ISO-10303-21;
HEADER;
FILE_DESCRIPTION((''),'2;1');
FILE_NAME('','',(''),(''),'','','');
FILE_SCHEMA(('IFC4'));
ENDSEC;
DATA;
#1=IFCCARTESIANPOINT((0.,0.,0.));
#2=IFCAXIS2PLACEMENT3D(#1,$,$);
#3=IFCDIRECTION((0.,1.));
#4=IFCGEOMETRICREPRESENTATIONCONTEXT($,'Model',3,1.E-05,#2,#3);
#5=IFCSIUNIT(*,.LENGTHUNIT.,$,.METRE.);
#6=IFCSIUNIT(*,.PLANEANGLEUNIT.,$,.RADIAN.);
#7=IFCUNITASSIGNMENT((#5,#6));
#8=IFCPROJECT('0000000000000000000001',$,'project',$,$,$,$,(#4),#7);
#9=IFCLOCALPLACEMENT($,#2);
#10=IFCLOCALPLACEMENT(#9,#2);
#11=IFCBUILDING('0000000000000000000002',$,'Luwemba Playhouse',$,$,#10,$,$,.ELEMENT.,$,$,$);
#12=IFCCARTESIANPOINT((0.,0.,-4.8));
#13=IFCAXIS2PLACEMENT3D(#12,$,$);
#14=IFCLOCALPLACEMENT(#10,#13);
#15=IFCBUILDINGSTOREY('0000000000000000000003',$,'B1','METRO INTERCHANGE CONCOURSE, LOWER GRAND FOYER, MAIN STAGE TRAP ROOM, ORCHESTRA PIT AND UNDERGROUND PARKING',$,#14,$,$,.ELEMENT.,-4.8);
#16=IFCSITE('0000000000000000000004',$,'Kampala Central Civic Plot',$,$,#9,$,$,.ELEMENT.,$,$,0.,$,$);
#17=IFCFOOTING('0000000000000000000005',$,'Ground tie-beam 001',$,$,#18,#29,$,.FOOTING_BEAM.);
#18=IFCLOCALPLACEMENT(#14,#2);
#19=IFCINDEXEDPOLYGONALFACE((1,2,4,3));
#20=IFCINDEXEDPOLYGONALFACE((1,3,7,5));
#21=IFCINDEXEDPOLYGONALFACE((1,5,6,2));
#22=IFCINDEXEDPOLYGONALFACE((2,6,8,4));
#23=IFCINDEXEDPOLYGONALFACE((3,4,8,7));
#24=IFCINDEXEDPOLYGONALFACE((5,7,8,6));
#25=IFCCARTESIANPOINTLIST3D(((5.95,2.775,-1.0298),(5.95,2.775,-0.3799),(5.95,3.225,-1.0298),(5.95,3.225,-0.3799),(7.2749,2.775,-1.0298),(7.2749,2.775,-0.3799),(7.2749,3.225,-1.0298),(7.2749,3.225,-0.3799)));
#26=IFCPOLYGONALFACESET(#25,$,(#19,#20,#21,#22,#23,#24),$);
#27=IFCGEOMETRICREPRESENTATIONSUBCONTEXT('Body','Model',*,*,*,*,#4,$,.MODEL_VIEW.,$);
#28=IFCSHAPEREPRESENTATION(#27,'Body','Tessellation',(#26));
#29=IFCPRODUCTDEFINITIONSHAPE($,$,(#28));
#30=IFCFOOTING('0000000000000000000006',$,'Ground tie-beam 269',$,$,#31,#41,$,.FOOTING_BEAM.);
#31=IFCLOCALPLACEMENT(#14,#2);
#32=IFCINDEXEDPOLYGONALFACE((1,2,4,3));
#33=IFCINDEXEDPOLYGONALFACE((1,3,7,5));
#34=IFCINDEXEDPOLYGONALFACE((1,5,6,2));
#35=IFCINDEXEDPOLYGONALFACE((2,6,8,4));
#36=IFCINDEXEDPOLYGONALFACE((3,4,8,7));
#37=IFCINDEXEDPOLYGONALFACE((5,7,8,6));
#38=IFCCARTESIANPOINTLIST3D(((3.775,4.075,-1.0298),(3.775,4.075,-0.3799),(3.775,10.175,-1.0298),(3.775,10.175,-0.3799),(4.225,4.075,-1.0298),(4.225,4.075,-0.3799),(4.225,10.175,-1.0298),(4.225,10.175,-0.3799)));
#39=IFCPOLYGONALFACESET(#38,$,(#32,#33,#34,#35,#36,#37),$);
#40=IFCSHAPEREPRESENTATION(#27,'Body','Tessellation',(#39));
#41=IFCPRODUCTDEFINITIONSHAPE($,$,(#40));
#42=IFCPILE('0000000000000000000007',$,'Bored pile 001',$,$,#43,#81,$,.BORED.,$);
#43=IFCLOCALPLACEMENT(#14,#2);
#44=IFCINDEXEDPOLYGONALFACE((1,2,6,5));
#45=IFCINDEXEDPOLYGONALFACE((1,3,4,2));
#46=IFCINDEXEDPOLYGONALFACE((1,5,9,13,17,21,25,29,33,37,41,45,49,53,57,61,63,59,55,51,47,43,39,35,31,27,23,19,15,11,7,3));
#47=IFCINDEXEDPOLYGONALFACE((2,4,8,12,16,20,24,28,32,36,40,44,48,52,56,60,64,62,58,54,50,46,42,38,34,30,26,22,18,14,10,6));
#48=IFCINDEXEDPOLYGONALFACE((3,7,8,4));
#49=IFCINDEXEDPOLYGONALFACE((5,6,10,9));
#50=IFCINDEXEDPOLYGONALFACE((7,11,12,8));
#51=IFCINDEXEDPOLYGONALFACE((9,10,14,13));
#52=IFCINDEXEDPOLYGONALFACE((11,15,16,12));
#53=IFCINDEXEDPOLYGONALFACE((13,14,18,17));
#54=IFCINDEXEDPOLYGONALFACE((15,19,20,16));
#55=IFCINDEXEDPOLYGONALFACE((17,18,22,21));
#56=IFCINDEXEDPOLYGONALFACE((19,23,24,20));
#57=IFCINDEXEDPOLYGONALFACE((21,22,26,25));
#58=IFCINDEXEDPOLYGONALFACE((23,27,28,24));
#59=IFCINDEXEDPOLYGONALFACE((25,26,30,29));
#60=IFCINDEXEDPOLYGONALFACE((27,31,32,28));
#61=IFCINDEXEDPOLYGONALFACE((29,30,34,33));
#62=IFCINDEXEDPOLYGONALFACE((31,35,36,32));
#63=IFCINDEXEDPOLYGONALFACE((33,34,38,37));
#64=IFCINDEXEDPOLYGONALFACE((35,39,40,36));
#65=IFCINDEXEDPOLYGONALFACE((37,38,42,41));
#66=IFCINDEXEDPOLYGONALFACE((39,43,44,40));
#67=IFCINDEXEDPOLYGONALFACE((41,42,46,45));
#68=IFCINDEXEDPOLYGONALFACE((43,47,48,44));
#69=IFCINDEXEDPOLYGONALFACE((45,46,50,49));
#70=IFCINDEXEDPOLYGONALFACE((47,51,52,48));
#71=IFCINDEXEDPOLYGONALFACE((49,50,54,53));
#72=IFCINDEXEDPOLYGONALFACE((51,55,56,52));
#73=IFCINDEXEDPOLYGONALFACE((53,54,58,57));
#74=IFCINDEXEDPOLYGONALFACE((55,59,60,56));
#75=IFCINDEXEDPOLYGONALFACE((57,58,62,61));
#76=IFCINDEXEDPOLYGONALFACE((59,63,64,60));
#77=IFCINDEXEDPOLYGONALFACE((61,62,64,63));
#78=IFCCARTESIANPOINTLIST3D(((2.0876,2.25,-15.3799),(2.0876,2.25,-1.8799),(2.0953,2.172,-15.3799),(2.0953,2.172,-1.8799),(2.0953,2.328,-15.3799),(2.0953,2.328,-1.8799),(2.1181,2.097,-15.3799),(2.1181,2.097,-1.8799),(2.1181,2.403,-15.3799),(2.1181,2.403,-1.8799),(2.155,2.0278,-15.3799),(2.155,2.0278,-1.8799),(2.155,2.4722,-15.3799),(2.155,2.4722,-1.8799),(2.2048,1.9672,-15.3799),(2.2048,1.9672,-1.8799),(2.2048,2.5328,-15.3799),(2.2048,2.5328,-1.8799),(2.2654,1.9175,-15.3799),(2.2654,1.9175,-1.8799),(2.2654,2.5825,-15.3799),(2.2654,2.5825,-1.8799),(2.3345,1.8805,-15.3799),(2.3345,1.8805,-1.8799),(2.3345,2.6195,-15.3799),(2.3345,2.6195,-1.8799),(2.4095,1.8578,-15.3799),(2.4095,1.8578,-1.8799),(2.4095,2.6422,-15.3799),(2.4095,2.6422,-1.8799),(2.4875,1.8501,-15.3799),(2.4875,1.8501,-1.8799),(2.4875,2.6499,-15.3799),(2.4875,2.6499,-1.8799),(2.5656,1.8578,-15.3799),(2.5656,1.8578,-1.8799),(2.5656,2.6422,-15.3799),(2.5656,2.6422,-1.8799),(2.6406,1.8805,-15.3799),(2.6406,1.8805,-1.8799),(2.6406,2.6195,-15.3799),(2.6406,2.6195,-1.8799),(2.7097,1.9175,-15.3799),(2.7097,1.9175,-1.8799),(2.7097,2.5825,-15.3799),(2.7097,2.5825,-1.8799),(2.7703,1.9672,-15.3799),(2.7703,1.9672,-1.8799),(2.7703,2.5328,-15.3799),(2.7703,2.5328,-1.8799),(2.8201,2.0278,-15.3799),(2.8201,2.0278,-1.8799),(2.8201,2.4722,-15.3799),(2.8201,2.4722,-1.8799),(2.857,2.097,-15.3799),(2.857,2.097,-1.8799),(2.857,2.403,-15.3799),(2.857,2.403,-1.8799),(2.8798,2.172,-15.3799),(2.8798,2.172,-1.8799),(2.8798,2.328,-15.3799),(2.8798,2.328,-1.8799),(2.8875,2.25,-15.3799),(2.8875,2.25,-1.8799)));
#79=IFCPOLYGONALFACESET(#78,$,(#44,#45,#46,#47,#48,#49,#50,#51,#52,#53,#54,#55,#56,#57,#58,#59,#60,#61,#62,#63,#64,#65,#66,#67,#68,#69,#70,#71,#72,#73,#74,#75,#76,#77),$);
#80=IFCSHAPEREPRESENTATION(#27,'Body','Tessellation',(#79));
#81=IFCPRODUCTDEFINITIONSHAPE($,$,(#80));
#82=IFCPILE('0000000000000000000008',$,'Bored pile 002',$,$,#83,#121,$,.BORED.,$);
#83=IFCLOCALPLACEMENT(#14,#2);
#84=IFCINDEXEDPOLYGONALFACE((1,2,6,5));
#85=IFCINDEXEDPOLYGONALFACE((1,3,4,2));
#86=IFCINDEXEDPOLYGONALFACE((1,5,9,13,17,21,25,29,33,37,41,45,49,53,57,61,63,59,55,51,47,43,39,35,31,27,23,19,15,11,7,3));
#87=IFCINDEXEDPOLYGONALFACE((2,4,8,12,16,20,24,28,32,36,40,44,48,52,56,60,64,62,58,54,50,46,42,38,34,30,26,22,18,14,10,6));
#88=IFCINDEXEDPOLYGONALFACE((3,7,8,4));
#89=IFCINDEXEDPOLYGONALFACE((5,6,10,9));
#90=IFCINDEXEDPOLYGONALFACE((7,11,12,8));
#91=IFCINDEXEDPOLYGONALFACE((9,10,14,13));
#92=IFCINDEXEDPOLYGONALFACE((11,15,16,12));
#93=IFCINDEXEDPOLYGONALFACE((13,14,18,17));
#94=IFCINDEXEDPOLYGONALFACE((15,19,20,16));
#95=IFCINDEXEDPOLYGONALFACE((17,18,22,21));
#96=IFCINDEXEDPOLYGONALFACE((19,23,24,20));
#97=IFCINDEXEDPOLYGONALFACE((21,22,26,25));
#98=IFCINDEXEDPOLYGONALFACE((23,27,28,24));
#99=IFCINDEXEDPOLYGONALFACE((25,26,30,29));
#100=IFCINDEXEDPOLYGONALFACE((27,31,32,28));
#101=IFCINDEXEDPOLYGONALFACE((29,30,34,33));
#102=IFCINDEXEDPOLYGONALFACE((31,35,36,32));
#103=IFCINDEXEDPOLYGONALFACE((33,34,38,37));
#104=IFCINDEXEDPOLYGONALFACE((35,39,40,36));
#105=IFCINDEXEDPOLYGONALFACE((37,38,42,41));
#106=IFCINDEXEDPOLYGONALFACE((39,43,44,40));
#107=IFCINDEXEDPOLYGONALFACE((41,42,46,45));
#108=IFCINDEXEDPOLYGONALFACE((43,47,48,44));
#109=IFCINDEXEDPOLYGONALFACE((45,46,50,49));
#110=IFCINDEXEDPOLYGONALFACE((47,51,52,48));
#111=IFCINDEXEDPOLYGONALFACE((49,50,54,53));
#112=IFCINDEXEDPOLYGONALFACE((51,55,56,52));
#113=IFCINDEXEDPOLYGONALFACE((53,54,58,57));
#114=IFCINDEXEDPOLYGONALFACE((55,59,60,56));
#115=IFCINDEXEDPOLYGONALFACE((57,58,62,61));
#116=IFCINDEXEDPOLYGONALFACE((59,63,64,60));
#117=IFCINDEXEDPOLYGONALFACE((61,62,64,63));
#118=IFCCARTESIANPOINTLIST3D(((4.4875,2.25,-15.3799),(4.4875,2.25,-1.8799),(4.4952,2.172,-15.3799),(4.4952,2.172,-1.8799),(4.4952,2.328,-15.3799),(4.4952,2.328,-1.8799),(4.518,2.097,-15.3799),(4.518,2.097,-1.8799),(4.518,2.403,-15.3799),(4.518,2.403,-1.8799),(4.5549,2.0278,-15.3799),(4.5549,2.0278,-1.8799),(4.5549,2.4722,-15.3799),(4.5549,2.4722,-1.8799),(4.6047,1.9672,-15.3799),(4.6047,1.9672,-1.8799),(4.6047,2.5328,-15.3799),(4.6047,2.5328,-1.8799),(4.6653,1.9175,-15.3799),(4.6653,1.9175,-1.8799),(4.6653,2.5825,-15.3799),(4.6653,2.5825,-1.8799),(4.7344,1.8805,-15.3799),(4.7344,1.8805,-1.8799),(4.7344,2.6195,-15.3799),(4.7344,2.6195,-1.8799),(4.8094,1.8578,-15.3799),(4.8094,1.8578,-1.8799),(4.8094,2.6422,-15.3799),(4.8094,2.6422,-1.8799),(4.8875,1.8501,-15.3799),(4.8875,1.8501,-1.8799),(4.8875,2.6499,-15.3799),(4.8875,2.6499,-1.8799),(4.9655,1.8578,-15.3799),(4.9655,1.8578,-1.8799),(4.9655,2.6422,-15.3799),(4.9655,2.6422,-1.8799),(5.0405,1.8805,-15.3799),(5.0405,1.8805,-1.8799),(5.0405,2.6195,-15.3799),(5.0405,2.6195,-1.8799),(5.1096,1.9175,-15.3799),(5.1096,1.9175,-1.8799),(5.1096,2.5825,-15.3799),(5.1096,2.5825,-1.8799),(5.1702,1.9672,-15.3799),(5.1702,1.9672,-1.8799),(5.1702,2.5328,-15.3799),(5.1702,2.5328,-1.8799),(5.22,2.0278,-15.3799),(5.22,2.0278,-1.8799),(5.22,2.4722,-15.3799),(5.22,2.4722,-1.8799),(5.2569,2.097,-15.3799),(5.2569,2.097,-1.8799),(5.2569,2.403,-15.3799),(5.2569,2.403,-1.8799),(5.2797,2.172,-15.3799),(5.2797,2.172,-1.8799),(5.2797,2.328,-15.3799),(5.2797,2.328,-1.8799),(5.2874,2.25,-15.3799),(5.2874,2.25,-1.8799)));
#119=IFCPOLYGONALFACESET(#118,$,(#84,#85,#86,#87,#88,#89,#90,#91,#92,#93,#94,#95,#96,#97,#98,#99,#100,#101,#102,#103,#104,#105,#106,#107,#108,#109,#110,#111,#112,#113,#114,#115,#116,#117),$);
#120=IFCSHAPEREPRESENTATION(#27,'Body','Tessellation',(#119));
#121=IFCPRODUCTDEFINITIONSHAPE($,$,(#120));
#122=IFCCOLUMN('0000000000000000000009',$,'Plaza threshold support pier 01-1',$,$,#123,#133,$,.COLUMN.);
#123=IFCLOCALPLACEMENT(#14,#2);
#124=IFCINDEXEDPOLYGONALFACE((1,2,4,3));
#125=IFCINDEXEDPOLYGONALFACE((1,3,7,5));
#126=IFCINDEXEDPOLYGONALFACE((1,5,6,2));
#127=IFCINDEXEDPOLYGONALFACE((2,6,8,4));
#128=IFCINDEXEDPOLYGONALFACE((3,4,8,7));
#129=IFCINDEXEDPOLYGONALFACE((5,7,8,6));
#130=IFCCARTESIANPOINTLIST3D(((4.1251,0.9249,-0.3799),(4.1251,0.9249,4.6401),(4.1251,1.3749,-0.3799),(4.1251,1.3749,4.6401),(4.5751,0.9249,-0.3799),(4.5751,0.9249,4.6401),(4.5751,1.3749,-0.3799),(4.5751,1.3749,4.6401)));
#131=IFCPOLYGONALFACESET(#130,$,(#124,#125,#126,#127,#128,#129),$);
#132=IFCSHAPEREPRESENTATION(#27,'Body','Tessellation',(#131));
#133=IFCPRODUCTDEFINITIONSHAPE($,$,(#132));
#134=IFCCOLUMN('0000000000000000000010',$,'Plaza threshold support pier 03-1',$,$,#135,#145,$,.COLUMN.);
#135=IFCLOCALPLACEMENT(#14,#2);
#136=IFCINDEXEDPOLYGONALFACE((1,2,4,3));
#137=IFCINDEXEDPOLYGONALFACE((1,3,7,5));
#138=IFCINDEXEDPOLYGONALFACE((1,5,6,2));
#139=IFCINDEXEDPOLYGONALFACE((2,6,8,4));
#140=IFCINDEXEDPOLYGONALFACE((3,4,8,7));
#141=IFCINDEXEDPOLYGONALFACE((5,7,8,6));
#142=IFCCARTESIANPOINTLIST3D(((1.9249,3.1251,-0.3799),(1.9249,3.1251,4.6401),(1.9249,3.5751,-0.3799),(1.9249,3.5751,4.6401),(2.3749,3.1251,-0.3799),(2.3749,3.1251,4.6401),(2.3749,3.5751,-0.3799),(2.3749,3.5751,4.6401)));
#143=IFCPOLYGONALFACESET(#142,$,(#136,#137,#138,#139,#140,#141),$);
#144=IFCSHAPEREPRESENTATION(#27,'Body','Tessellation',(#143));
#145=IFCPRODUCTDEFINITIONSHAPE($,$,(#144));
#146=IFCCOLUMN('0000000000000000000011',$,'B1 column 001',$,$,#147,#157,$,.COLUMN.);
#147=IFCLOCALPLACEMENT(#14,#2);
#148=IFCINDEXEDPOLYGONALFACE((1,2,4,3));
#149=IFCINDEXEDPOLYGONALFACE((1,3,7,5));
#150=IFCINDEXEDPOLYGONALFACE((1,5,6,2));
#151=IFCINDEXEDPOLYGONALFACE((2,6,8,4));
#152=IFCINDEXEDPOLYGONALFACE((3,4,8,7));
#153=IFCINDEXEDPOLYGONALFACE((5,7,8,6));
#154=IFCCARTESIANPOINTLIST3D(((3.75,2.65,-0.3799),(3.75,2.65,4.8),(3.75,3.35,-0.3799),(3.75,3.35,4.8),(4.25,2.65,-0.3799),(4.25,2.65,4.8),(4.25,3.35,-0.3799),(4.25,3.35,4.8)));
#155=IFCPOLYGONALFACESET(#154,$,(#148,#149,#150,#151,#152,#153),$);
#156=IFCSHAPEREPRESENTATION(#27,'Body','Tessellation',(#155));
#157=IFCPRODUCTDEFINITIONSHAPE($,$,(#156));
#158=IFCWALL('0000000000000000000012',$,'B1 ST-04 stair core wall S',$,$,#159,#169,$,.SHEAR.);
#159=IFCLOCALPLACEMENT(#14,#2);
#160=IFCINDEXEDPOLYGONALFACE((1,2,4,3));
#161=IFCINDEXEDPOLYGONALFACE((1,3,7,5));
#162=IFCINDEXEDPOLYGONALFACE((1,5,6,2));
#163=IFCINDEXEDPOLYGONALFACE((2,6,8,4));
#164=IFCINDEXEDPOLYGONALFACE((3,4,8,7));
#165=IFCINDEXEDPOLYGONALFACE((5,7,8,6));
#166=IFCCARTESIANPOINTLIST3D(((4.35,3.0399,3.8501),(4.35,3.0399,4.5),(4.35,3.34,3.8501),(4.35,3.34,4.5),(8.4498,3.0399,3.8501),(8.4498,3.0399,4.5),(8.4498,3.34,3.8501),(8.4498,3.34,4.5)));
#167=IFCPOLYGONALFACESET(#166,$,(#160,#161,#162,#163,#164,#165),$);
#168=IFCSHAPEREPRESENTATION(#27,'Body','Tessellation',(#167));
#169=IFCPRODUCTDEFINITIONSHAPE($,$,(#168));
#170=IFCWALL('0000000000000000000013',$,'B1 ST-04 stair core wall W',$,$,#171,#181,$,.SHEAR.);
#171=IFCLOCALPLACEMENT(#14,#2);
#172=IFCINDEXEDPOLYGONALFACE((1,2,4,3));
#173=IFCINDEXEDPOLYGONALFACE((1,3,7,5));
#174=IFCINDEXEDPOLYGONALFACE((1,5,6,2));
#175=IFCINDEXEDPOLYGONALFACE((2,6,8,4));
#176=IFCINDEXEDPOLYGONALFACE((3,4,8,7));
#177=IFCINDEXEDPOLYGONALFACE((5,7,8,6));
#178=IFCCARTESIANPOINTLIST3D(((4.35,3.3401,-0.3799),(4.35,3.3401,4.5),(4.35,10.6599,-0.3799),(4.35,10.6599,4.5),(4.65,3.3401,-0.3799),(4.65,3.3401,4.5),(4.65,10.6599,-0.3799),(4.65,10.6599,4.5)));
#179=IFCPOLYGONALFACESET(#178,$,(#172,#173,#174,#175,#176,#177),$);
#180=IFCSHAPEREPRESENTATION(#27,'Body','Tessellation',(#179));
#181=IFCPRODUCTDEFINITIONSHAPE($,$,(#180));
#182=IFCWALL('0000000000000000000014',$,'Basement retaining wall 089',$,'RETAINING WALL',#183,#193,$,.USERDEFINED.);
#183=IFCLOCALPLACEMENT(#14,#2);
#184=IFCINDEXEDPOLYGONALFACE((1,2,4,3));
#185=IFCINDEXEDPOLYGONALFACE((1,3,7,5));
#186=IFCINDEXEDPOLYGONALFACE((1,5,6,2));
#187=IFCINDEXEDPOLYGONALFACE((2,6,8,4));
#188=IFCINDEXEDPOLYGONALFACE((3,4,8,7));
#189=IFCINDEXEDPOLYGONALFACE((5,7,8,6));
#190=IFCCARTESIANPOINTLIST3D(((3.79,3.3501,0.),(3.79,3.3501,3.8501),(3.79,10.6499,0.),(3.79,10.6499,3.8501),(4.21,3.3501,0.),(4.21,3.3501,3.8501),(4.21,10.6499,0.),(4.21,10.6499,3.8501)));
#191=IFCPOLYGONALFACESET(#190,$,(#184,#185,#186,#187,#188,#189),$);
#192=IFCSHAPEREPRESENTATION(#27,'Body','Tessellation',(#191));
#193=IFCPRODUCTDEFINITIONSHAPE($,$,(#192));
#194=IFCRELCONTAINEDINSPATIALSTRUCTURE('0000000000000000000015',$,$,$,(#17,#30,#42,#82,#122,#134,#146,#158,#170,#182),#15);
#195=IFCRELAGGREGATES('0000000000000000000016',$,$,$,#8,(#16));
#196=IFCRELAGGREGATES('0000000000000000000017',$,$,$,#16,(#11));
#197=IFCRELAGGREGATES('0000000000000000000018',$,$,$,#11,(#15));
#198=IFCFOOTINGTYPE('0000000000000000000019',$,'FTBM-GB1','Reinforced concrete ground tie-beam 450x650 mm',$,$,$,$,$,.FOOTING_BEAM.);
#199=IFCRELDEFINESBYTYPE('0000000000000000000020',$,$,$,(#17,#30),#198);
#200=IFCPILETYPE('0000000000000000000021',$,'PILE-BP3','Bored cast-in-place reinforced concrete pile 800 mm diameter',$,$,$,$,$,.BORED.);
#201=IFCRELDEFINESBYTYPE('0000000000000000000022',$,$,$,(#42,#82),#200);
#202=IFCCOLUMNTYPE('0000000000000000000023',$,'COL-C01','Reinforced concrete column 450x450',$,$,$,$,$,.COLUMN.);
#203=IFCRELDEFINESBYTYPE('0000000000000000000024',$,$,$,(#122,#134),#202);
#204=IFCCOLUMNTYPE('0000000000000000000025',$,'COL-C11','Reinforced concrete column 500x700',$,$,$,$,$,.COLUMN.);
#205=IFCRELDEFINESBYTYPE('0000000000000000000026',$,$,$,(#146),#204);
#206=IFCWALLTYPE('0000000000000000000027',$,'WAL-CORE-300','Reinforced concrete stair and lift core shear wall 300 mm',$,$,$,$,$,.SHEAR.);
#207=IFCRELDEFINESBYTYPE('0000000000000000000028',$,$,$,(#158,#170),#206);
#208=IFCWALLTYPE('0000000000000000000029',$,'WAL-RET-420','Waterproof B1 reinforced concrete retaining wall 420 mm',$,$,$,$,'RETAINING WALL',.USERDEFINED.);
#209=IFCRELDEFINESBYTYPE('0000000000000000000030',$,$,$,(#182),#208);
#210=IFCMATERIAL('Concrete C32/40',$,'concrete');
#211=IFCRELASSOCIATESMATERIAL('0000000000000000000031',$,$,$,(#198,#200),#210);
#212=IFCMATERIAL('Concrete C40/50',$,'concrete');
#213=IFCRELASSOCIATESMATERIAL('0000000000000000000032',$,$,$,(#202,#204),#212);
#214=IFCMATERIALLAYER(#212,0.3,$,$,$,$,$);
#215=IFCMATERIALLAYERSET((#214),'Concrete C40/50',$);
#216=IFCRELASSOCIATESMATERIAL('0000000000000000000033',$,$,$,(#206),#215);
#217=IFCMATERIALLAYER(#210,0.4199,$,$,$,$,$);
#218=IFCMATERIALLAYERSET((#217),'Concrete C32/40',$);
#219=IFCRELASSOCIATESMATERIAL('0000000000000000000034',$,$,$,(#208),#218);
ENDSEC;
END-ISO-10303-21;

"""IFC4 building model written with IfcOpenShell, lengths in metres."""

from ifc_helpers import new_model, si_unit, direction, frame, frame_2d, origin, origin_2d, place, context, subcontext, project, spatial, rectangle, circle, extrude, material, layer, layer_set, material_profile, profile_set, type_object, element, save


model = new_model("IFC4")

# Units and contexts
model_context = context("Model", 3, precision=1e-05, world=origin(), true_north=direction((0.0, 1.0)))
body_context = subcontext(model_context, "Body", "Model", "MODEL_VIEW")
ifc_project = project(units=[si_unit("LENGTHUNIT", "METRE"), si_unit("PLANEANGLEUNIT", "RADIAN")], contexts=[model_context])

# Site, building, storey
site_placement = place(None, origin())
site = spatial("IfcSite", under=ifc_project, at=site_placement, Name="Kampala Central Civic Plot", CompositionType="ELEMENT", RefElevation=0.0)
building_placement = place(site_placement, origin())
building = spatial("IfcBuilding", under=site, at=building_placement, Name="Luwemba Playhouse", CompositionType="ELEMENT")
storey_placement = place(building_placement, frame((0.0, 0.0, -4.8)))
storey = spatial("IfcBuildingStorey", under=building, at=storey_placement, Name="B1", Description="METRO INTERCHANGE CONCOURSE, LOWER GRAND FOYER, MAIN STAGE TRAP ROOM, ORCHESTRA PIT AND UNDERGROUND PARKING", CompositionType="ELEMENT", Elevation=-4.8)

# Footings
ifc_material_1 = material(Name="Concrete C32/40", Category="concrete")
ifc_material_profile_1 = material_profile(ifc_material_1, rectangle(XDim=0.45, YDim=0.6499, at=origin_2d()))
ifc_profile_set_1 = profile_set([ifc_material_profile_1], Name="Concrete C32/40")
footing_type = type_object("IfcFootingType", Name="FTBM-GB1", Description="Reinforced concrete ground tie-beam 450x650 mm", PredefinedType="FOOTING_BEAM", material=ifc_profile_set_1)
footing_1_placement = place(storey_placement, frame((5.95, 3.0, -0.7048), z_axis=(1.0, 0.0, 0.0), x_axis=(0.0, 1.0, 0.0)))
element("IfcFooting", 1, at=footing_1_placement, inside=storey, type_object=footing_type, Name="Ground tie-beam 001", PredefinedType="FOOTING_BEAM", context=body_context, shape_type="SweptSolid", body=[
    extrude(rectangle(XDim=0.45, YDim=0.6499, at=origin_2d()), origin(), (0.0, 0.0, 1.0), 1.325),
])
footing_2_placement = place(storey_placement, frame((4.0, 4.075, -0.7048), z_axis=(0.0, 1.0, 0.0), x_axis=(-1.0, 0.0, 0.0)))
element("IfcFooting", 2, at=footing_2_placement, inside=storey, type_object=footing_type, Name="Ground tie-beam 269", PredefinedType="FOOTING_BEAM", context=body_context, shape_type="SweptSolid", body=[
    extrude(rectangle(XDim=0.45, YDim=0.6499, at=origin_2d()), origin(), (0.0, 0.0, 1.0), 6.1001),
])

# Piles
ifc_material_profile_2 = material_profile(ifc_material_1, circle(Radius=0.3999, at=origin_2d()))
ifc_profile_set_2 = profile_set([ifc_material_profile_2], Name="Concrete C32/40")
pile_type = type_object("IfcPileType", Name="PILE-BP3", Description="Bored cast-in-place reinforced concrete pile 800 mm diameter", PredefinedType="BORED", material=ifc_profile_set_2)
for number, where, z_axis, x_axis, name in (
    (3, (2.4875, 2.25, -1.8799), (0.0, 0.0, -1.0), (1.0, 0.0, 0.0), "Bored pile 001"),
    (4, (4.8875, 2.25, -1.8799), (0.0, 0.0, -1.0), (1.0, 0.0, 0.0), "Bored pile 002"),
):
    element("IfcPile", number, at=place(storey_placement, frame(where, z_axis=z_axis, x_axis=x_axis)), inside=storey, type_object=pile_type, Name=name, PredefinedType="BORED", context=body_context, shape_type="SweptSolid", body=[
        extrude(circle(Radius=0.3999, at=origin_2d()), origin(), (0.0, 0.0, 1.0), 13.5),
    ])

# Columns
ifc_material_2 = material(Name="Concrete C40/50", Category="concrete")
ifc_material_profile_3 = material_profile(ifc_material_2, rectangle(XDim=0.45, YDim=0.45, at=origin_2d()))
ifc_profile_set_3 = profile_set([ifc_material_profile_3], Name="Concrete C40/50")
column_type_1 = type_object("IfcColumnType", Name="COL-C01", Description="Reinforced concrete column 450x450", PredefinedType="COLUMN", material=ifc_profile_set_3)
for number, where, z_axis, x_axis, name in (
    (5, (4.3501, 1.1499, -0.3799), (0.0, 0.0, 1.0), (1.0, 0.0, 0.0), "Plaza threshold support pier 01-1"),
    (6, (2.1499, 3.3501, -0.3799), (0.0, 0.0, 1.0), (1.0, 0.0, 0.0), "Plaza threshold support pier 03-1"),
):
    element("IfcColumn", number, at=place(storey_placement, frame(where, z_axis=z_axis, x_axis=x_axis)), inside=storey, type_object=column_type_1, Name=name, PredefinedType="COLUMN", context=body_context, shape_type="SweptSolid", body=[
        extrude(rectangle(XDim=0.45, YDim=0.45, at=origin_2d()), origin(), (0.0, 0.0, 1.0), 5.02),
    ])
ifc_material_profile_4 = material_profile(ifc_material_2, rectangle(XDim=0.5, YDim=0.7, at=origin_2d()))
ifc_profile_set_4 = profile_set([ifc_material_profile_4], Name="Concrete C40/50")
column_type_2 = type_object("IfcColumnType", Name="COL-C11", Description="Reinforced concrete column 500x700", PredefinedType="COLUMN", material=ifc_profile_set_4)
column_placement = place(storey_placement, frame((4.0, 3.0, -0.3799), z_axis=(0.0, 0.0, 1.0), x_axis=(1.0, 0.0, 0.0)))
element("IfcColumn", 7, at=column_placement, inside=storey, type_object=column_type_2, Name="B1 column 001", PredefinedType="COLUMN", context=body_context, shape_type="SweptSolid", body=[
    extrude(rectangle(XDim=0.5, YDim=0.7, at=origin_2d()), origin(), (0.0, 0.0, 1.0), 5.1799),
])

# Walls
ifc_layer_1 = layer(ifc_material_2, 0.3)
ifc_layer_set_1 = layer_set([ifc_layer_1], Name="Concrete C40/50")
wall_type_1 = type_object("IfcWallType", Name="WAL-CORE-300", Description="Reinforced concrete stair and lift core shear wall 300 mm", PredefinedType="SHEAR", material=ifc_layer_set_1)
wall_1_placement = place(storey_placement, frame((4.3501, 3.1899, 3.8501), z_axis=(0.0, 0.0, 1.0), x_axis=(1.0, 0.0, 0.0)))
element("IfcWall", 8, at=wall_1_placement, inside=storey, type_object=wall_type_1, Name="B1 ST-04 stair core wall S", PredefinedType="SHEAR", context=body_context, shape_type="SweptSolid", body=[
    extrude(rectangle(XDim=4.0999, YDim=0.3, at=frame_2d((2.0498, 0.0))), origin(), (0.0, 0.0, 1.0), 0.6499),
])
wall_2_placement = place(storey_placement, frame((4.5, 3.3401, -0.3799), z_axis=(0.0, 0.0, 1.0), x_axis=(0.0, 1.0, 0.0)))
element("IfcWall", 9, at=wall_2_placement, inside=storey, type_object=wall_type_1, Name="B1 ST-04 stair core wall W", PredefinedType="SHEAR", context=body_context, shape_type="SweptSolid", body=[
    extrude(rectangle(XDim=7.3198, YDim=0.3, at=frame_2d((3.6599, 0.0))), origin(), (0.0, 0.0, 1.0), 4.8799),
])
ifc_layer_2 = layer(ifc_material_1, 0.4199)
ifc_layer_set_2 = layer_set([ifc_layer_2], Name="Concrete C32/40")
wall_type_2 = type_object("IfcWallType", Name="WAL-RET-420", Description="Waterproof B1 reinforced concrete retaining wall 420 mm", ElementType="RETAINING WALL", PredefinedType="USERDEFINED", material=ifc_layer_set_2)
wall_3_placement = place(storey_placement, frame((4.0, 3.3501, 0.0), z_axis=(0.0, 0.0, 1.0), x_axis=(0.0, 1.0, 0.0)))
element("IfcWall", 10, at=wall_3_placement, inside=storey, type_object=wall_type_2, Name="Basement retaining wall 089", ObjectType="RETAINING WALL", PredefinedType="USERDEFINED", context=body_context, shape_type="SweptSolid", body=[
    extrude(rectangle(XDim=7.2998, YDim=0.4199, at=frame_2d((3.6499, 0.0))), origin(), (0.0, 0.0, 1.0), 3.8501),
])

save(model, "model.ifc")
